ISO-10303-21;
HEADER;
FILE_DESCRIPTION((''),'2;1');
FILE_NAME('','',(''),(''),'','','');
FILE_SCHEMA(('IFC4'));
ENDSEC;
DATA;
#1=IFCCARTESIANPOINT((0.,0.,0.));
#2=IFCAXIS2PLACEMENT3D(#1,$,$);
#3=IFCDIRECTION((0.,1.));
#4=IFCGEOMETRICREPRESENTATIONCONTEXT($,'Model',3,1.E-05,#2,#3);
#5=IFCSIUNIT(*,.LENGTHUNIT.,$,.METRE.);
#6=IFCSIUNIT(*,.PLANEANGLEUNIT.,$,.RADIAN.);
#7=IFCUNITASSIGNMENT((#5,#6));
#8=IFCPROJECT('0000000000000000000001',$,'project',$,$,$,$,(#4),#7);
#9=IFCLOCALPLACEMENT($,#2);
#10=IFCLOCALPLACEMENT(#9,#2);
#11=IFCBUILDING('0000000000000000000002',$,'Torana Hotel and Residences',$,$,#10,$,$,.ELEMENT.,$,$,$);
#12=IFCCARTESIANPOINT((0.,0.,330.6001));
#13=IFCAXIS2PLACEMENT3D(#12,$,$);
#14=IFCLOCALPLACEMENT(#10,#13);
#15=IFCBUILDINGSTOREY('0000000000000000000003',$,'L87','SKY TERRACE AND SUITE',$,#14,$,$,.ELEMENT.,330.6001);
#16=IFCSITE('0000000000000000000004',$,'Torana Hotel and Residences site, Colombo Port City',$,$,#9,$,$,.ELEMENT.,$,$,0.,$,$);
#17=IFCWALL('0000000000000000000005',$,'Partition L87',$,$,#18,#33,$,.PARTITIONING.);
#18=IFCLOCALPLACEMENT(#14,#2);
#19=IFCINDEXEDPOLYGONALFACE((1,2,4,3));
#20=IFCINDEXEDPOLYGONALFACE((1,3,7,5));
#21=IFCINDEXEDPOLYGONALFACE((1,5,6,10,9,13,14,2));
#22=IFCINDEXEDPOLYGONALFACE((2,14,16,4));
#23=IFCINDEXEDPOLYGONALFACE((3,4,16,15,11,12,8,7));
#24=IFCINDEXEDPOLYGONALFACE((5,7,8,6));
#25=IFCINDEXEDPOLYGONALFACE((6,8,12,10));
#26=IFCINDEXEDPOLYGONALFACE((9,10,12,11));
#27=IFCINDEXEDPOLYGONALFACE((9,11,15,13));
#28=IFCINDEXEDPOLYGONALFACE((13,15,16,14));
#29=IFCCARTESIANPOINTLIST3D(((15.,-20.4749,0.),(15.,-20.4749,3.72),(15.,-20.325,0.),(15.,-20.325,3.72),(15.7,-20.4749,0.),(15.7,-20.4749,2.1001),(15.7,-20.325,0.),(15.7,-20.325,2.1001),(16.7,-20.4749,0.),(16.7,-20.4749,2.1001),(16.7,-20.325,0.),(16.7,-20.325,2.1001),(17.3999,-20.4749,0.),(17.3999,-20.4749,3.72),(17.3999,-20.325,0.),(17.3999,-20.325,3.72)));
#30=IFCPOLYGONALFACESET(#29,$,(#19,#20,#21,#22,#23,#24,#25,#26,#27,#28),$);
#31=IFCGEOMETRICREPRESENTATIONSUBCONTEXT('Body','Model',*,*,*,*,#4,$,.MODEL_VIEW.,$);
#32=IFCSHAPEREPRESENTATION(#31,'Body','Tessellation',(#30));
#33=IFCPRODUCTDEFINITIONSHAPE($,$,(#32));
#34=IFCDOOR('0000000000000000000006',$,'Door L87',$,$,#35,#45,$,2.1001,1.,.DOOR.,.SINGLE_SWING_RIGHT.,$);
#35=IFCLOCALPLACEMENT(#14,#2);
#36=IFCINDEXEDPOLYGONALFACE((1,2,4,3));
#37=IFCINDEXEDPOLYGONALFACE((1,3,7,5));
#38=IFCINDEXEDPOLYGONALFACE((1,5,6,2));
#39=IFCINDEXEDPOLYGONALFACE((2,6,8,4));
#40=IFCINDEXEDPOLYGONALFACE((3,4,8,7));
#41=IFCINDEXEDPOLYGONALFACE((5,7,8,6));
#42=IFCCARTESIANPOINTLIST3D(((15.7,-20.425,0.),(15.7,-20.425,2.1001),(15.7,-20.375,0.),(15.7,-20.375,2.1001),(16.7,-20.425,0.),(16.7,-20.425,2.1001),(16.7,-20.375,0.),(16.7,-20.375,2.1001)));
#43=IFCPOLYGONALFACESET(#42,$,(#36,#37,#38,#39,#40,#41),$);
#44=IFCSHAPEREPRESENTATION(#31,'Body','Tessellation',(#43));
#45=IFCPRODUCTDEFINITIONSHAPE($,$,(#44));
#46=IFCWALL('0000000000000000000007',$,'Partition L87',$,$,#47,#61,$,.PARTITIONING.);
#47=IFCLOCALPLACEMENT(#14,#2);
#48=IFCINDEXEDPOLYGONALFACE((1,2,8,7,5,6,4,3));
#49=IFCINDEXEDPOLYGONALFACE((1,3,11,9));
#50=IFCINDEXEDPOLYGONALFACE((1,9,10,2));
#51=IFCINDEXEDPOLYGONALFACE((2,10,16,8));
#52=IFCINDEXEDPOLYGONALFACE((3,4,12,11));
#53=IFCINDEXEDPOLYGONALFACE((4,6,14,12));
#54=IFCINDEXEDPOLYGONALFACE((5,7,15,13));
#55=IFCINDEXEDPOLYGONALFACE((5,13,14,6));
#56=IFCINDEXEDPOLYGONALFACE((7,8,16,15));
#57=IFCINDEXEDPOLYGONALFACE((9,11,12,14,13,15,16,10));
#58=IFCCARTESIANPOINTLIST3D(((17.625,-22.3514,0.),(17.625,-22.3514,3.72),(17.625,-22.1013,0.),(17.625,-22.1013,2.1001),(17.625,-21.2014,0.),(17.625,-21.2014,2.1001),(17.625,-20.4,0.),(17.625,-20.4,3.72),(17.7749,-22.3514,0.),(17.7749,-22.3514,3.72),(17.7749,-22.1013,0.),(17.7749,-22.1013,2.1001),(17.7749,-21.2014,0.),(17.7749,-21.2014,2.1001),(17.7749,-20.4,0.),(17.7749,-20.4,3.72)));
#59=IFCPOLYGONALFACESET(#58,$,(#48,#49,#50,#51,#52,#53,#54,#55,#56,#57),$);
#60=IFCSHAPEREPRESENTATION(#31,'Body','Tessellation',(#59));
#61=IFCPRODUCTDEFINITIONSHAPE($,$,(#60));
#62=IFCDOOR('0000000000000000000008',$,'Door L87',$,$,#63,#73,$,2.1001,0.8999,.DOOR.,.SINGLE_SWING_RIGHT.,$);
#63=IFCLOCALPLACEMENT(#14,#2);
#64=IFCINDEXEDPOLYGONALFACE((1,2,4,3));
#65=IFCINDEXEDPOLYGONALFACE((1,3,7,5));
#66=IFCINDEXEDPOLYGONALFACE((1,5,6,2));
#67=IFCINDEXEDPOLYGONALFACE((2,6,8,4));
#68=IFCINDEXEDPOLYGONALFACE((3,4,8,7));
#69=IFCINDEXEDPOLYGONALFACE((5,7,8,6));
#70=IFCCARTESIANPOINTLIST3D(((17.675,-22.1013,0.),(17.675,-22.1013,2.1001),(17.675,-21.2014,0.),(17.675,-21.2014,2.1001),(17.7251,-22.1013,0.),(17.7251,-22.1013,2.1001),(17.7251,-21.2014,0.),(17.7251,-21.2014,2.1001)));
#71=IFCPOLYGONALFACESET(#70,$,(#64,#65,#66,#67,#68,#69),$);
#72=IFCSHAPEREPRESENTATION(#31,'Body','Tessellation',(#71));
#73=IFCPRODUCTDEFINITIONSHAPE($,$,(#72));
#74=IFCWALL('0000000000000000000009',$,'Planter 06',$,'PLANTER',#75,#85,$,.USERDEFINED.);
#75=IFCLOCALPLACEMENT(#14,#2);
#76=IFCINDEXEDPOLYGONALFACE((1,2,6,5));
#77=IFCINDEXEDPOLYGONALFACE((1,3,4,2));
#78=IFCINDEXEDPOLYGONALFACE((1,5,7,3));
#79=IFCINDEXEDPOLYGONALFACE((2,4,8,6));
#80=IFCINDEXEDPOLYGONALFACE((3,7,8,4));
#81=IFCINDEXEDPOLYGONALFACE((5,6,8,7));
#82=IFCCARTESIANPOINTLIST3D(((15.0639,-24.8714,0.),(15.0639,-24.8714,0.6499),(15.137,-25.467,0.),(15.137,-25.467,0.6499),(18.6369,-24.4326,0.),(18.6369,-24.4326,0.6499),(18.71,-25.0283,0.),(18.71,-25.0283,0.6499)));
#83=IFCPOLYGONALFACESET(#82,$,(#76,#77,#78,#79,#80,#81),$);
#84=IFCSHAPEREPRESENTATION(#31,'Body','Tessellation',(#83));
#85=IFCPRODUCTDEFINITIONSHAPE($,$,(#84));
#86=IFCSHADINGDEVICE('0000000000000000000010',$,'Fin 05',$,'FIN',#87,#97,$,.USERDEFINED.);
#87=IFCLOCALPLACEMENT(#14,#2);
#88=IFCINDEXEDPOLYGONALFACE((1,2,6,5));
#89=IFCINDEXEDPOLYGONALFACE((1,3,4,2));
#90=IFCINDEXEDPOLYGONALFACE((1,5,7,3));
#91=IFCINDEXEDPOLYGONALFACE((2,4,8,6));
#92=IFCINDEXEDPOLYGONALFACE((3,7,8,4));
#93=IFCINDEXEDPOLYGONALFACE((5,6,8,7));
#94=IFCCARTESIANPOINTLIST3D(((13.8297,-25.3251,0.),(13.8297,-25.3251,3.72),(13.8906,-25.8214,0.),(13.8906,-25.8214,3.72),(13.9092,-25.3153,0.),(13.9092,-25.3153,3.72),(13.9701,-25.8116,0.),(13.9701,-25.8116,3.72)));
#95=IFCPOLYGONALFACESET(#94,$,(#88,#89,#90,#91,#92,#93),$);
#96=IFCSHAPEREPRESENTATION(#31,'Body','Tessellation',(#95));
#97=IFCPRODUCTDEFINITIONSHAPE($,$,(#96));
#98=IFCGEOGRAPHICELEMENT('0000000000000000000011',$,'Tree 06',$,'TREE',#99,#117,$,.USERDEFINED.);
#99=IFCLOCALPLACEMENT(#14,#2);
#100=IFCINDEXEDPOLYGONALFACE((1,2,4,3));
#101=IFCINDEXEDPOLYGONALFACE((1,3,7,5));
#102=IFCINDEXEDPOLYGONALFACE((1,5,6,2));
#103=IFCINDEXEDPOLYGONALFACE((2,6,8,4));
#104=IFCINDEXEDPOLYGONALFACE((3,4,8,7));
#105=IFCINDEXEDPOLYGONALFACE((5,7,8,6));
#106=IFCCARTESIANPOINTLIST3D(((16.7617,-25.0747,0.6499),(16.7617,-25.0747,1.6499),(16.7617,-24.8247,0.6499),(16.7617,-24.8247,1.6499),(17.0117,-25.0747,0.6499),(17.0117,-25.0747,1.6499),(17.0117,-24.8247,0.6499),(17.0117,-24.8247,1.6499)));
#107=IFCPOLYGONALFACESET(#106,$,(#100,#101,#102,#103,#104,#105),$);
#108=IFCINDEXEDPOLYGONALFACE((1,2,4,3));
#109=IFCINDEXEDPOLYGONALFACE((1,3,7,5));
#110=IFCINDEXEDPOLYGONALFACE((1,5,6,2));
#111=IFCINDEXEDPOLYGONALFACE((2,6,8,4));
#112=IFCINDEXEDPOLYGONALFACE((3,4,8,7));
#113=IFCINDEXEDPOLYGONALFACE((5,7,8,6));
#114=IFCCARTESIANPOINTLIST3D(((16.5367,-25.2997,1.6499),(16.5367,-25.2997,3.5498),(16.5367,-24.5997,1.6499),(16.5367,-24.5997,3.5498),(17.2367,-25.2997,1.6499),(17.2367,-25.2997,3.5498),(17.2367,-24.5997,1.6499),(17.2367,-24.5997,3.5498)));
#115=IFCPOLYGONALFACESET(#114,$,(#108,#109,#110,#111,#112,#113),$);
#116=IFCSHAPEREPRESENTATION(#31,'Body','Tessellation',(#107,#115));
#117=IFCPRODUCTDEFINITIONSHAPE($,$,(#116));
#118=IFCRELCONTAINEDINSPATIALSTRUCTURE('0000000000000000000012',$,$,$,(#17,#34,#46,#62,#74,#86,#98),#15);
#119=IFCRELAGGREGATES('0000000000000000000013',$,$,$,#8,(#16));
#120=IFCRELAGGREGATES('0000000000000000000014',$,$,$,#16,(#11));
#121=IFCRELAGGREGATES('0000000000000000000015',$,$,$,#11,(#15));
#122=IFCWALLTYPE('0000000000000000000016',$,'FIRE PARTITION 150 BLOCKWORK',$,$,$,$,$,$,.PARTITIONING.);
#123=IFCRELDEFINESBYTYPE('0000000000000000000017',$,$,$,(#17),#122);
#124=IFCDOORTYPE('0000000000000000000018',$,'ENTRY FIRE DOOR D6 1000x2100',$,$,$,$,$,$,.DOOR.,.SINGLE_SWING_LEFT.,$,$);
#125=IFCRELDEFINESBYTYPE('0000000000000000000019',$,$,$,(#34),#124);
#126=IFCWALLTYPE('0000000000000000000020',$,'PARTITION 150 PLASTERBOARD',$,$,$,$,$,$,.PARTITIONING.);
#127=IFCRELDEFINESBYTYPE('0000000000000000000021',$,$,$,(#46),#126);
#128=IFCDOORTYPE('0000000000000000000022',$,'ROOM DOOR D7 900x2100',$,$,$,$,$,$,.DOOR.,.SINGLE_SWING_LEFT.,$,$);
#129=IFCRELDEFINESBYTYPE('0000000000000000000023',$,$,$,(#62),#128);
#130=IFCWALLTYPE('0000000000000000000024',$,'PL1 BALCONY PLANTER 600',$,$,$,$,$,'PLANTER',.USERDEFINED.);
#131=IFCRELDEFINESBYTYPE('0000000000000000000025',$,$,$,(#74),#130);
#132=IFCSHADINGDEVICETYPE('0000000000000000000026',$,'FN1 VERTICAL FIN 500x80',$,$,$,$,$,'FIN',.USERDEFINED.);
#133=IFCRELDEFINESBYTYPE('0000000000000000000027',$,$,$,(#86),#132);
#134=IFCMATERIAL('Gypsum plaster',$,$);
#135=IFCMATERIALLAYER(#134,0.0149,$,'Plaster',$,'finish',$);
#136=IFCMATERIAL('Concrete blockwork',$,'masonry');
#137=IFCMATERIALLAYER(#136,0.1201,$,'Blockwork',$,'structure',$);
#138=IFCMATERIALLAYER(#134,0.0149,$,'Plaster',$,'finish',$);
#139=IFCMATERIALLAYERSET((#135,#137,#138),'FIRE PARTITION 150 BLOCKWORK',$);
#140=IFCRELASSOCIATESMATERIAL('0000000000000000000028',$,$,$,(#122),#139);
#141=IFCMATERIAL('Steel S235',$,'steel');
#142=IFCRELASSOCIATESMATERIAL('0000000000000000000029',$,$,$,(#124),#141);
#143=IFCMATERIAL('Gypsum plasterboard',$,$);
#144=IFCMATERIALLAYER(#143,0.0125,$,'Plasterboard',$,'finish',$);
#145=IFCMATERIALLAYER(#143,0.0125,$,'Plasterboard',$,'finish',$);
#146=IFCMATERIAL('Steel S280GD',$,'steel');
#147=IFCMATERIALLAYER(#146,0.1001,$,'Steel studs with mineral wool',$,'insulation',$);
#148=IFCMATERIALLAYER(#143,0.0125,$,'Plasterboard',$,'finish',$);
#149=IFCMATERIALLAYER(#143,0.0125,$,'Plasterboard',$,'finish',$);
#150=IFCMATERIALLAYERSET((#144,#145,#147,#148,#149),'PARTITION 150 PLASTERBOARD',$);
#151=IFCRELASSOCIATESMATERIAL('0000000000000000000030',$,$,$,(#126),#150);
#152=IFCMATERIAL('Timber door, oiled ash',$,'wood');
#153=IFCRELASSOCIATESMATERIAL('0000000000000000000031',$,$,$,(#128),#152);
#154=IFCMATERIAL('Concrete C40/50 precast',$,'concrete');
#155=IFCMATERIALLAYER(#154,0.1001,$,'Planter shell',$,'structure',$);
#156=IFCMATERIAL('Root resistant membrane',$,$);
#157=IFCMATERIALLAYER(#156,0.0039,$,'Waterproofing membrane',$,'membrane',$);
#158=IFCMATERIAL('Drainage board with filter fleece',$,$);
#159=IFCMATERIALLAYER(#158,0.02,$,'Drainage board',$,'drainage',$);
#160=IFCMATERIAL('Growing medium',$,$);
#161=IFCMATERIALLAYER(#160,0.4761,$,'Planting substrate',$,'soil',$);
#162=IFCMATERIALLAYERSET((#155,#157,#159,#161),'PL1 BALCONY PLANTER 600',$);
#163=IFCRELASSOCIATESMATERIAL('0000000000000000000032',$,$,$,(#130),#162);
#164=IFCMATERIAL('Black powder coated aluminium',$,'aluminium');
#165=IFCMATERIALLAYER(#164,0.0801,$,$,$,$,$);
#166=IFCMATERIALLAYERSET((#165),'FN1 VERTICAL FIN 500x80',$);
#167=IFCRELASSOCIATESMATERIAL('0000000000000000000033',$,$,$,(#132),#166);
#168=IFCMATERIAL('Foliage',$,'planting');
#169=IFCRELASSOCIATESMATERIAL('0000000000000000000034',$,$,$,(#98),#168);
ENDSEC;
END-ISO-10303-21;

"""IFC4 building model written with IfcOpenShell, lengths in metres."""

from ifc_helpers import new_model, si_unit, direction, frame, frame_2d, origin, origin_2d, place, context, subcontext, project, spatial, rectangle, extrude, material, layer, layer_set, type_object, element, fill, save


model = new_model("IFC4")

# Units and contexts
model_context = context("Model", 3, precision=1e-05, world=origin(), true_north=direction((0.0, 1.0)))
body_context = subcontext(model_context, "Body", "Model", "MODEL_VIEW")
ifc_project = project(units=[si_unit("LENGTHUNIT", "METRE"), si_unit("PLANEANGLEUNIT", "RADIAN")], contexts=[model_context])

# Site, building, storey
site_placement = place(None, origin())
site = spatial("IfcSite", under=ifc_project, at=site_placement, Name="Torana Hotel and Residences site, Colombo Port City", CompositionType="ELEMENT", RefElevation=0.0)
building_placement = place(site_placement, origin())
building = spatial("IfcBuilding", under=site, at=building_placement, Name="Torana Hotel and Residences", CompositionType="ELEMENT")
storey_placement = place(building_placement, frame((0.0, 0.0, 330.6001)))
storey = spatial("IfcBuildingStorey", under=building, at=storey_placement, Name="L87", Description="SKY TERRACE AND SUITE", CompositionType="ELEMENT", Elevation=330.6001)

# Shared definitions
ifc_material_1 = material(Name="Steel S280GD", Category="steel")

# Walls, openings, doors
ifc_material_2 = material(Name="Gypsum plaster")
ifc_layer_1 = layer(ifc_material_2, 0.0149, Name="Plaster", Category="finish")
ifc_material_3 = material(Name="Concrete blockwork", Category="masonry")
ifc_layer_2 = layer(ifc_material_3, 0.1201, Name="Blockwork", Category="structure")
ifc_layer_3 = layer(ifc_material_2, 0.0149, Name="Plaster", Category="finish")
ifc_layer_set_1 = layer_set([ifc_layer_1, ifc_layer_2, ifc_layer_3], Name="FIRE PARTITION 150 BLOCKWORK")
wall_type_1 = type_object("IfcWallType", Name="FIRE PARTITION 150 BLOCKWORK", PredefinedType="PARTITIONING", material=ifc_layer_set_1)
ifc_material_4 = material(Name="Steel S235", Category="steel")
door_type_1 = type_object("IfcDoorType", Name="ENTRY FIRE DOOR D6 1000x2100", OperationType="SINGLE_SWING_LEFT", PredefinedType="DOOR", material=ifc_material_4)
wall_1_placement = place(storey_placement, frame((15.0, -20.3999, 0.0), z_axis=(0.0, 0.0, 1.0), x_axis=(1.0, 0.0, 0.0)))
wall_1 = element("IfcWall", 1, at=wall_1_placement, inside=storey, type_object=wall_type_1, Name="Partition L87", PredefinedType="PARTITIONING", context=body_context, shape_type="SweptSolid", body=[
    extrude(rectangle(XDim=2.3999, YDim=0.1499, at=frame_2d((1.2, 0.0))), origin(), (0.0, 0.0, 1.0), 3.72),
])
opening_1_placement = place(wall_1_placement, frame((0.7, 0.0, 0.0)))
opening_1 = element("IfcOpeningElement", 2, at=opening_1_placement, cuts=wall_1, PredefinedType="OPENING", context=body_context, shape_type="SweptSolid", body=[
    extrude(rectangle(XDim=1.0, YDim=2.1001, at=frame_2d((0.5, 1.05))), frame((0.0, 0.085, 0.0), z_axis=(0.0, -1.0, 0.0), x_axis=(1.0, 0.0, 0.0)), (0.0, 0.0, 1.0), 0.1699),
])
door_1_placement = place(opening_1_placement, frame((0.5, 0.0, 0.0), z_axis=(0.0, 0.0, 1.0), x_axis=(-1.0, 0.0, 0.0)))
door_1 = element("IfcDoor", 3, at=door_1_placement, inside=storey, type_object=door_type_1, Name="Door L87", OperationType="SINGLE_SWING_RIGHT", OverallHeight=2.1001, OverallWidth=1.0, PredefinedType="DOOR", context=body_context, shape_type="SweptSolid", body=[
    extrude(rectangle(XDim=1.0, YDim=2.1001, at=frame_2d((0.0, 1.05))), frame((0.0, -0.0249, 0.0), z_axis=(0.0, 1.0, 0.0), x_axis=(-1.0, 0.0, 0.0)), (0.0, 0.0, 1.0), 0.05),
])
fill(opening_1, door_1)
ifc_material_5 = material(Name="Gypsum plasterboard")
ifc_layer_4 = layer(ifc_material_5, 0.0125, Name="Plasterboard", Category="finish")
ifc_layer_5 = layer(ifc_material_5, 0.0125, Name="Plasterboard", Category="finish")
ifc_layer_6 = layer(ifc_material_1, 0.1001, Name="Steel studs with mineral wool", Category="insulation")
ifc_layer_7 = layer(ifc_material_5, 0.0125, Name="Plasterboard", Category="finish")
ifc_layer_8 = layer(ifc_material_5, 0.0125, Name="Plasterboard", Category="finish")
ifc_layer_set_2 = layer_set([ifc_layer_4, ifc_layer_5, ifc_layer_6, ifc_layer_7, ifc_layer_8], Name="PARTITION 150 PLASTERBOARD")
wall_type_2 = type_object("IfcWallType", Name="PARTITION 150 PLASTERBOARD", PredefinedType="PARTITIONING", material=ifc_layer_set_2)
wall_2_placement = place(storey_placement, frame((17.7, -22.3513, 0.0), z_axis=(0.0, 0.0, 1.0), x_axis=(0.0, 1.0, 0.0)))
wall_2 = element("IfcWall", 4, at=wall_2_placement, inside=storey, type_object=wall_type_2, Name="Partition L87", PredefinedType="PARTITIONING", context=body_context, shape_type="SweptSolid", body=[
    extrude(rectangle(XDim=1.9514, YDim=0.1499, at=frame_2d((0.9756, 0.0))), origin(), (0.0, 0.0, 1.0), 3.72),
])
opening_2_placement = place(wall_2_placement, frame((0.25, 0.0, 0.0)))
opening_2 = element("IfcOpeningElement", 5, at=opening_2_placement, cuts=wall_2, PredefinedType="OPENING", context=body_context, shape_type="SweptSolid", body=[
    extrude(rectangle(XDim=0.8999, YDim=2.1001, at=frame_2d((0.45, 1.05))), frame((0.0, 0.085, 0.0), z_axis=(0.0, -1.0, 0.0), x_axis=(1.0, 0.0, 0.0)), (0.0, 0.0, 1.0), 0.1699),
])
ifc_material_6 = material(Name="Timber door, oiled ash", Category="wood")
door_type_2 = type_object("IfcDoorType", Name="ROOM DOOR D7 900x2100", OperationType="SINGLE_SWING_LEFT", PredefinedType="DOOR", material=ifc_material_6)
door_2_placement = place(opening_2_placement, origin())
door_2 = element("IfcDoor", 6, at=door_2_placement, inside=storey, type_object=door_type_2, Name="Door L87", OperationType="SINGLE_SWING_RIGHT", OverallHeight=2.1001, OverallWidth=0.8999, PredefinedType="DOOR", context=body_context, shape_type="SweptSolid", body=[
    extrude(rectangle(XDim=0.8999, YDim=2.1001, at=frame_2d((0.45, 1.05))), frame((0.0, 0.0249, 0.0), z_axis=(0.0, -1.0, 0.0), x_axis=(1.0, 0.0, 0.0)), (0.0, 0.0, 1.0), 0.05),
])
fill(opening_2, door_2)

# Wall
ifc_material_7 = material(Name="Concrete C40/50 precast", Category="concrete")
ifc_layer_9 = layer(ifc_material_7, 0.1001, Name="Planter shell", Category="structure")
ifc_material_8 = material(Name="Root resistant membrane")
ifc_layer_10 = layer(ifc_material_8, 0.0039, Name="Waterproofing membrane", Category="membrane")
ifc_material_9 = material(Name="Drainage board with filter fleece")
ifc_layer_11 = layer(ifc_material_9, 0.02, Name="Drainage board", Category="drainage")
ifc_material_10 = material(Name="Growing medium")
ifc_layer_12 = layer(ifc_material_10, 0.4761, Name="Planting substrate", Category="soil")
ifc_layer_set_3 = layer_set([ifc_layer_9, ifc_layer_10, ifc_layer_11, ifc_layer_12], Name="PL1 BALCONY PLANTER 600")
wall_type_3 = type_object("IfcWallType", Name="PL1 BALCONY PLANTER 600", ElementType="PLANTER", PredefinedType="USERDEFINED", material=ifc_layer_set_3)
wall_3_placement = place(storey_placement, frame((18.6733, -24.7305, 0.0), z_axis=(0.0, 0.0, 1.0), x_axis=(-0.992546, -0.121873, 0.0)))
element("IfcWall", 7, at=wall_3_placement, inside=storey, type_object=wall_type_3, Name="Planter 06", ObjectType="PLANTER", PredefinedType="USERDEFINED", context=body_context, shape_type="SweptSolid", body=[
    extrude(rectangle(XDim=3.5999, YDim=0.6001, at=frame_2d((1.7998, 0.0))), origin(), (0.0, 0.0, 1.0), 0.6499),
])

# Shading device
ifc_material_11 = material(Name="Black powder coated aluminium", Category="aluminium")
ifc_layer_13 = layer(ifc_material_11, 0.0801)
ifc_layer_set_4 = layer_set([ifc_layer_13], Name="FN1 VERTICAL FIN 500x80")
shading_device_type = type_object("IfcShadingDeviceType", Name="FN1 VERTICAL FIN 500x80", ElementType="FIN", PredefinedType="USERDEFINED", material=ifc_layer_set_4)
shading_device_placement = place(storey_placement, frame((13.8999, -25.5684, 0.0), z_axis=(0.0, 0.0, 1.0), x_axis=(-0.992547, -0.121866, 0.0)))
element("IfcShadingDevice", 8, at=shading_device_placement, inside=storey, type_object=shading_device_type, Name="Fin 05", ObjectType="FIN", PredefinedType="USERDEFINED", context=body_context, shape_type="SweptSolid", body=[
    extrude(rectangle(XDim=0.0801, YDim=0.5, at=origin_2d()), origin(), (0.0, 0.0, 1.0), 3.72),
])

# Geographic element
ifc_material_12 = material(Name="Foliage", Category="planting")
geographic_element_placement = place(storey_placement, frame((16.8867, -24.9497, 0.6499), z_axis=(0.0, 0.0, 1.0), x_axis=(1.0, 0.0, 0.0)))
element("IfcGeographicElement", 9, at=geographic_element_placement, inside=storey, material=ifc_material_12, Name="Tree 06", ObjectType="TREE", PredefinedType="USERDEFINED", context=body_context, shape_type="SweptSolid", body=[
    extrude(rectangle(XDim=0.25, YDim=0.25, at=origin_2d()), origin(), (0.0, 0.0, 1.0), 1.0),
    extrude(rectangle(XDim=0.7, YDim=0.7, at=origin_2d()), frame((0.0, 0.0, 1.0)), (0.0, 0.0, 1.0), 1.8999),
])

save(model, "model.ifc")
